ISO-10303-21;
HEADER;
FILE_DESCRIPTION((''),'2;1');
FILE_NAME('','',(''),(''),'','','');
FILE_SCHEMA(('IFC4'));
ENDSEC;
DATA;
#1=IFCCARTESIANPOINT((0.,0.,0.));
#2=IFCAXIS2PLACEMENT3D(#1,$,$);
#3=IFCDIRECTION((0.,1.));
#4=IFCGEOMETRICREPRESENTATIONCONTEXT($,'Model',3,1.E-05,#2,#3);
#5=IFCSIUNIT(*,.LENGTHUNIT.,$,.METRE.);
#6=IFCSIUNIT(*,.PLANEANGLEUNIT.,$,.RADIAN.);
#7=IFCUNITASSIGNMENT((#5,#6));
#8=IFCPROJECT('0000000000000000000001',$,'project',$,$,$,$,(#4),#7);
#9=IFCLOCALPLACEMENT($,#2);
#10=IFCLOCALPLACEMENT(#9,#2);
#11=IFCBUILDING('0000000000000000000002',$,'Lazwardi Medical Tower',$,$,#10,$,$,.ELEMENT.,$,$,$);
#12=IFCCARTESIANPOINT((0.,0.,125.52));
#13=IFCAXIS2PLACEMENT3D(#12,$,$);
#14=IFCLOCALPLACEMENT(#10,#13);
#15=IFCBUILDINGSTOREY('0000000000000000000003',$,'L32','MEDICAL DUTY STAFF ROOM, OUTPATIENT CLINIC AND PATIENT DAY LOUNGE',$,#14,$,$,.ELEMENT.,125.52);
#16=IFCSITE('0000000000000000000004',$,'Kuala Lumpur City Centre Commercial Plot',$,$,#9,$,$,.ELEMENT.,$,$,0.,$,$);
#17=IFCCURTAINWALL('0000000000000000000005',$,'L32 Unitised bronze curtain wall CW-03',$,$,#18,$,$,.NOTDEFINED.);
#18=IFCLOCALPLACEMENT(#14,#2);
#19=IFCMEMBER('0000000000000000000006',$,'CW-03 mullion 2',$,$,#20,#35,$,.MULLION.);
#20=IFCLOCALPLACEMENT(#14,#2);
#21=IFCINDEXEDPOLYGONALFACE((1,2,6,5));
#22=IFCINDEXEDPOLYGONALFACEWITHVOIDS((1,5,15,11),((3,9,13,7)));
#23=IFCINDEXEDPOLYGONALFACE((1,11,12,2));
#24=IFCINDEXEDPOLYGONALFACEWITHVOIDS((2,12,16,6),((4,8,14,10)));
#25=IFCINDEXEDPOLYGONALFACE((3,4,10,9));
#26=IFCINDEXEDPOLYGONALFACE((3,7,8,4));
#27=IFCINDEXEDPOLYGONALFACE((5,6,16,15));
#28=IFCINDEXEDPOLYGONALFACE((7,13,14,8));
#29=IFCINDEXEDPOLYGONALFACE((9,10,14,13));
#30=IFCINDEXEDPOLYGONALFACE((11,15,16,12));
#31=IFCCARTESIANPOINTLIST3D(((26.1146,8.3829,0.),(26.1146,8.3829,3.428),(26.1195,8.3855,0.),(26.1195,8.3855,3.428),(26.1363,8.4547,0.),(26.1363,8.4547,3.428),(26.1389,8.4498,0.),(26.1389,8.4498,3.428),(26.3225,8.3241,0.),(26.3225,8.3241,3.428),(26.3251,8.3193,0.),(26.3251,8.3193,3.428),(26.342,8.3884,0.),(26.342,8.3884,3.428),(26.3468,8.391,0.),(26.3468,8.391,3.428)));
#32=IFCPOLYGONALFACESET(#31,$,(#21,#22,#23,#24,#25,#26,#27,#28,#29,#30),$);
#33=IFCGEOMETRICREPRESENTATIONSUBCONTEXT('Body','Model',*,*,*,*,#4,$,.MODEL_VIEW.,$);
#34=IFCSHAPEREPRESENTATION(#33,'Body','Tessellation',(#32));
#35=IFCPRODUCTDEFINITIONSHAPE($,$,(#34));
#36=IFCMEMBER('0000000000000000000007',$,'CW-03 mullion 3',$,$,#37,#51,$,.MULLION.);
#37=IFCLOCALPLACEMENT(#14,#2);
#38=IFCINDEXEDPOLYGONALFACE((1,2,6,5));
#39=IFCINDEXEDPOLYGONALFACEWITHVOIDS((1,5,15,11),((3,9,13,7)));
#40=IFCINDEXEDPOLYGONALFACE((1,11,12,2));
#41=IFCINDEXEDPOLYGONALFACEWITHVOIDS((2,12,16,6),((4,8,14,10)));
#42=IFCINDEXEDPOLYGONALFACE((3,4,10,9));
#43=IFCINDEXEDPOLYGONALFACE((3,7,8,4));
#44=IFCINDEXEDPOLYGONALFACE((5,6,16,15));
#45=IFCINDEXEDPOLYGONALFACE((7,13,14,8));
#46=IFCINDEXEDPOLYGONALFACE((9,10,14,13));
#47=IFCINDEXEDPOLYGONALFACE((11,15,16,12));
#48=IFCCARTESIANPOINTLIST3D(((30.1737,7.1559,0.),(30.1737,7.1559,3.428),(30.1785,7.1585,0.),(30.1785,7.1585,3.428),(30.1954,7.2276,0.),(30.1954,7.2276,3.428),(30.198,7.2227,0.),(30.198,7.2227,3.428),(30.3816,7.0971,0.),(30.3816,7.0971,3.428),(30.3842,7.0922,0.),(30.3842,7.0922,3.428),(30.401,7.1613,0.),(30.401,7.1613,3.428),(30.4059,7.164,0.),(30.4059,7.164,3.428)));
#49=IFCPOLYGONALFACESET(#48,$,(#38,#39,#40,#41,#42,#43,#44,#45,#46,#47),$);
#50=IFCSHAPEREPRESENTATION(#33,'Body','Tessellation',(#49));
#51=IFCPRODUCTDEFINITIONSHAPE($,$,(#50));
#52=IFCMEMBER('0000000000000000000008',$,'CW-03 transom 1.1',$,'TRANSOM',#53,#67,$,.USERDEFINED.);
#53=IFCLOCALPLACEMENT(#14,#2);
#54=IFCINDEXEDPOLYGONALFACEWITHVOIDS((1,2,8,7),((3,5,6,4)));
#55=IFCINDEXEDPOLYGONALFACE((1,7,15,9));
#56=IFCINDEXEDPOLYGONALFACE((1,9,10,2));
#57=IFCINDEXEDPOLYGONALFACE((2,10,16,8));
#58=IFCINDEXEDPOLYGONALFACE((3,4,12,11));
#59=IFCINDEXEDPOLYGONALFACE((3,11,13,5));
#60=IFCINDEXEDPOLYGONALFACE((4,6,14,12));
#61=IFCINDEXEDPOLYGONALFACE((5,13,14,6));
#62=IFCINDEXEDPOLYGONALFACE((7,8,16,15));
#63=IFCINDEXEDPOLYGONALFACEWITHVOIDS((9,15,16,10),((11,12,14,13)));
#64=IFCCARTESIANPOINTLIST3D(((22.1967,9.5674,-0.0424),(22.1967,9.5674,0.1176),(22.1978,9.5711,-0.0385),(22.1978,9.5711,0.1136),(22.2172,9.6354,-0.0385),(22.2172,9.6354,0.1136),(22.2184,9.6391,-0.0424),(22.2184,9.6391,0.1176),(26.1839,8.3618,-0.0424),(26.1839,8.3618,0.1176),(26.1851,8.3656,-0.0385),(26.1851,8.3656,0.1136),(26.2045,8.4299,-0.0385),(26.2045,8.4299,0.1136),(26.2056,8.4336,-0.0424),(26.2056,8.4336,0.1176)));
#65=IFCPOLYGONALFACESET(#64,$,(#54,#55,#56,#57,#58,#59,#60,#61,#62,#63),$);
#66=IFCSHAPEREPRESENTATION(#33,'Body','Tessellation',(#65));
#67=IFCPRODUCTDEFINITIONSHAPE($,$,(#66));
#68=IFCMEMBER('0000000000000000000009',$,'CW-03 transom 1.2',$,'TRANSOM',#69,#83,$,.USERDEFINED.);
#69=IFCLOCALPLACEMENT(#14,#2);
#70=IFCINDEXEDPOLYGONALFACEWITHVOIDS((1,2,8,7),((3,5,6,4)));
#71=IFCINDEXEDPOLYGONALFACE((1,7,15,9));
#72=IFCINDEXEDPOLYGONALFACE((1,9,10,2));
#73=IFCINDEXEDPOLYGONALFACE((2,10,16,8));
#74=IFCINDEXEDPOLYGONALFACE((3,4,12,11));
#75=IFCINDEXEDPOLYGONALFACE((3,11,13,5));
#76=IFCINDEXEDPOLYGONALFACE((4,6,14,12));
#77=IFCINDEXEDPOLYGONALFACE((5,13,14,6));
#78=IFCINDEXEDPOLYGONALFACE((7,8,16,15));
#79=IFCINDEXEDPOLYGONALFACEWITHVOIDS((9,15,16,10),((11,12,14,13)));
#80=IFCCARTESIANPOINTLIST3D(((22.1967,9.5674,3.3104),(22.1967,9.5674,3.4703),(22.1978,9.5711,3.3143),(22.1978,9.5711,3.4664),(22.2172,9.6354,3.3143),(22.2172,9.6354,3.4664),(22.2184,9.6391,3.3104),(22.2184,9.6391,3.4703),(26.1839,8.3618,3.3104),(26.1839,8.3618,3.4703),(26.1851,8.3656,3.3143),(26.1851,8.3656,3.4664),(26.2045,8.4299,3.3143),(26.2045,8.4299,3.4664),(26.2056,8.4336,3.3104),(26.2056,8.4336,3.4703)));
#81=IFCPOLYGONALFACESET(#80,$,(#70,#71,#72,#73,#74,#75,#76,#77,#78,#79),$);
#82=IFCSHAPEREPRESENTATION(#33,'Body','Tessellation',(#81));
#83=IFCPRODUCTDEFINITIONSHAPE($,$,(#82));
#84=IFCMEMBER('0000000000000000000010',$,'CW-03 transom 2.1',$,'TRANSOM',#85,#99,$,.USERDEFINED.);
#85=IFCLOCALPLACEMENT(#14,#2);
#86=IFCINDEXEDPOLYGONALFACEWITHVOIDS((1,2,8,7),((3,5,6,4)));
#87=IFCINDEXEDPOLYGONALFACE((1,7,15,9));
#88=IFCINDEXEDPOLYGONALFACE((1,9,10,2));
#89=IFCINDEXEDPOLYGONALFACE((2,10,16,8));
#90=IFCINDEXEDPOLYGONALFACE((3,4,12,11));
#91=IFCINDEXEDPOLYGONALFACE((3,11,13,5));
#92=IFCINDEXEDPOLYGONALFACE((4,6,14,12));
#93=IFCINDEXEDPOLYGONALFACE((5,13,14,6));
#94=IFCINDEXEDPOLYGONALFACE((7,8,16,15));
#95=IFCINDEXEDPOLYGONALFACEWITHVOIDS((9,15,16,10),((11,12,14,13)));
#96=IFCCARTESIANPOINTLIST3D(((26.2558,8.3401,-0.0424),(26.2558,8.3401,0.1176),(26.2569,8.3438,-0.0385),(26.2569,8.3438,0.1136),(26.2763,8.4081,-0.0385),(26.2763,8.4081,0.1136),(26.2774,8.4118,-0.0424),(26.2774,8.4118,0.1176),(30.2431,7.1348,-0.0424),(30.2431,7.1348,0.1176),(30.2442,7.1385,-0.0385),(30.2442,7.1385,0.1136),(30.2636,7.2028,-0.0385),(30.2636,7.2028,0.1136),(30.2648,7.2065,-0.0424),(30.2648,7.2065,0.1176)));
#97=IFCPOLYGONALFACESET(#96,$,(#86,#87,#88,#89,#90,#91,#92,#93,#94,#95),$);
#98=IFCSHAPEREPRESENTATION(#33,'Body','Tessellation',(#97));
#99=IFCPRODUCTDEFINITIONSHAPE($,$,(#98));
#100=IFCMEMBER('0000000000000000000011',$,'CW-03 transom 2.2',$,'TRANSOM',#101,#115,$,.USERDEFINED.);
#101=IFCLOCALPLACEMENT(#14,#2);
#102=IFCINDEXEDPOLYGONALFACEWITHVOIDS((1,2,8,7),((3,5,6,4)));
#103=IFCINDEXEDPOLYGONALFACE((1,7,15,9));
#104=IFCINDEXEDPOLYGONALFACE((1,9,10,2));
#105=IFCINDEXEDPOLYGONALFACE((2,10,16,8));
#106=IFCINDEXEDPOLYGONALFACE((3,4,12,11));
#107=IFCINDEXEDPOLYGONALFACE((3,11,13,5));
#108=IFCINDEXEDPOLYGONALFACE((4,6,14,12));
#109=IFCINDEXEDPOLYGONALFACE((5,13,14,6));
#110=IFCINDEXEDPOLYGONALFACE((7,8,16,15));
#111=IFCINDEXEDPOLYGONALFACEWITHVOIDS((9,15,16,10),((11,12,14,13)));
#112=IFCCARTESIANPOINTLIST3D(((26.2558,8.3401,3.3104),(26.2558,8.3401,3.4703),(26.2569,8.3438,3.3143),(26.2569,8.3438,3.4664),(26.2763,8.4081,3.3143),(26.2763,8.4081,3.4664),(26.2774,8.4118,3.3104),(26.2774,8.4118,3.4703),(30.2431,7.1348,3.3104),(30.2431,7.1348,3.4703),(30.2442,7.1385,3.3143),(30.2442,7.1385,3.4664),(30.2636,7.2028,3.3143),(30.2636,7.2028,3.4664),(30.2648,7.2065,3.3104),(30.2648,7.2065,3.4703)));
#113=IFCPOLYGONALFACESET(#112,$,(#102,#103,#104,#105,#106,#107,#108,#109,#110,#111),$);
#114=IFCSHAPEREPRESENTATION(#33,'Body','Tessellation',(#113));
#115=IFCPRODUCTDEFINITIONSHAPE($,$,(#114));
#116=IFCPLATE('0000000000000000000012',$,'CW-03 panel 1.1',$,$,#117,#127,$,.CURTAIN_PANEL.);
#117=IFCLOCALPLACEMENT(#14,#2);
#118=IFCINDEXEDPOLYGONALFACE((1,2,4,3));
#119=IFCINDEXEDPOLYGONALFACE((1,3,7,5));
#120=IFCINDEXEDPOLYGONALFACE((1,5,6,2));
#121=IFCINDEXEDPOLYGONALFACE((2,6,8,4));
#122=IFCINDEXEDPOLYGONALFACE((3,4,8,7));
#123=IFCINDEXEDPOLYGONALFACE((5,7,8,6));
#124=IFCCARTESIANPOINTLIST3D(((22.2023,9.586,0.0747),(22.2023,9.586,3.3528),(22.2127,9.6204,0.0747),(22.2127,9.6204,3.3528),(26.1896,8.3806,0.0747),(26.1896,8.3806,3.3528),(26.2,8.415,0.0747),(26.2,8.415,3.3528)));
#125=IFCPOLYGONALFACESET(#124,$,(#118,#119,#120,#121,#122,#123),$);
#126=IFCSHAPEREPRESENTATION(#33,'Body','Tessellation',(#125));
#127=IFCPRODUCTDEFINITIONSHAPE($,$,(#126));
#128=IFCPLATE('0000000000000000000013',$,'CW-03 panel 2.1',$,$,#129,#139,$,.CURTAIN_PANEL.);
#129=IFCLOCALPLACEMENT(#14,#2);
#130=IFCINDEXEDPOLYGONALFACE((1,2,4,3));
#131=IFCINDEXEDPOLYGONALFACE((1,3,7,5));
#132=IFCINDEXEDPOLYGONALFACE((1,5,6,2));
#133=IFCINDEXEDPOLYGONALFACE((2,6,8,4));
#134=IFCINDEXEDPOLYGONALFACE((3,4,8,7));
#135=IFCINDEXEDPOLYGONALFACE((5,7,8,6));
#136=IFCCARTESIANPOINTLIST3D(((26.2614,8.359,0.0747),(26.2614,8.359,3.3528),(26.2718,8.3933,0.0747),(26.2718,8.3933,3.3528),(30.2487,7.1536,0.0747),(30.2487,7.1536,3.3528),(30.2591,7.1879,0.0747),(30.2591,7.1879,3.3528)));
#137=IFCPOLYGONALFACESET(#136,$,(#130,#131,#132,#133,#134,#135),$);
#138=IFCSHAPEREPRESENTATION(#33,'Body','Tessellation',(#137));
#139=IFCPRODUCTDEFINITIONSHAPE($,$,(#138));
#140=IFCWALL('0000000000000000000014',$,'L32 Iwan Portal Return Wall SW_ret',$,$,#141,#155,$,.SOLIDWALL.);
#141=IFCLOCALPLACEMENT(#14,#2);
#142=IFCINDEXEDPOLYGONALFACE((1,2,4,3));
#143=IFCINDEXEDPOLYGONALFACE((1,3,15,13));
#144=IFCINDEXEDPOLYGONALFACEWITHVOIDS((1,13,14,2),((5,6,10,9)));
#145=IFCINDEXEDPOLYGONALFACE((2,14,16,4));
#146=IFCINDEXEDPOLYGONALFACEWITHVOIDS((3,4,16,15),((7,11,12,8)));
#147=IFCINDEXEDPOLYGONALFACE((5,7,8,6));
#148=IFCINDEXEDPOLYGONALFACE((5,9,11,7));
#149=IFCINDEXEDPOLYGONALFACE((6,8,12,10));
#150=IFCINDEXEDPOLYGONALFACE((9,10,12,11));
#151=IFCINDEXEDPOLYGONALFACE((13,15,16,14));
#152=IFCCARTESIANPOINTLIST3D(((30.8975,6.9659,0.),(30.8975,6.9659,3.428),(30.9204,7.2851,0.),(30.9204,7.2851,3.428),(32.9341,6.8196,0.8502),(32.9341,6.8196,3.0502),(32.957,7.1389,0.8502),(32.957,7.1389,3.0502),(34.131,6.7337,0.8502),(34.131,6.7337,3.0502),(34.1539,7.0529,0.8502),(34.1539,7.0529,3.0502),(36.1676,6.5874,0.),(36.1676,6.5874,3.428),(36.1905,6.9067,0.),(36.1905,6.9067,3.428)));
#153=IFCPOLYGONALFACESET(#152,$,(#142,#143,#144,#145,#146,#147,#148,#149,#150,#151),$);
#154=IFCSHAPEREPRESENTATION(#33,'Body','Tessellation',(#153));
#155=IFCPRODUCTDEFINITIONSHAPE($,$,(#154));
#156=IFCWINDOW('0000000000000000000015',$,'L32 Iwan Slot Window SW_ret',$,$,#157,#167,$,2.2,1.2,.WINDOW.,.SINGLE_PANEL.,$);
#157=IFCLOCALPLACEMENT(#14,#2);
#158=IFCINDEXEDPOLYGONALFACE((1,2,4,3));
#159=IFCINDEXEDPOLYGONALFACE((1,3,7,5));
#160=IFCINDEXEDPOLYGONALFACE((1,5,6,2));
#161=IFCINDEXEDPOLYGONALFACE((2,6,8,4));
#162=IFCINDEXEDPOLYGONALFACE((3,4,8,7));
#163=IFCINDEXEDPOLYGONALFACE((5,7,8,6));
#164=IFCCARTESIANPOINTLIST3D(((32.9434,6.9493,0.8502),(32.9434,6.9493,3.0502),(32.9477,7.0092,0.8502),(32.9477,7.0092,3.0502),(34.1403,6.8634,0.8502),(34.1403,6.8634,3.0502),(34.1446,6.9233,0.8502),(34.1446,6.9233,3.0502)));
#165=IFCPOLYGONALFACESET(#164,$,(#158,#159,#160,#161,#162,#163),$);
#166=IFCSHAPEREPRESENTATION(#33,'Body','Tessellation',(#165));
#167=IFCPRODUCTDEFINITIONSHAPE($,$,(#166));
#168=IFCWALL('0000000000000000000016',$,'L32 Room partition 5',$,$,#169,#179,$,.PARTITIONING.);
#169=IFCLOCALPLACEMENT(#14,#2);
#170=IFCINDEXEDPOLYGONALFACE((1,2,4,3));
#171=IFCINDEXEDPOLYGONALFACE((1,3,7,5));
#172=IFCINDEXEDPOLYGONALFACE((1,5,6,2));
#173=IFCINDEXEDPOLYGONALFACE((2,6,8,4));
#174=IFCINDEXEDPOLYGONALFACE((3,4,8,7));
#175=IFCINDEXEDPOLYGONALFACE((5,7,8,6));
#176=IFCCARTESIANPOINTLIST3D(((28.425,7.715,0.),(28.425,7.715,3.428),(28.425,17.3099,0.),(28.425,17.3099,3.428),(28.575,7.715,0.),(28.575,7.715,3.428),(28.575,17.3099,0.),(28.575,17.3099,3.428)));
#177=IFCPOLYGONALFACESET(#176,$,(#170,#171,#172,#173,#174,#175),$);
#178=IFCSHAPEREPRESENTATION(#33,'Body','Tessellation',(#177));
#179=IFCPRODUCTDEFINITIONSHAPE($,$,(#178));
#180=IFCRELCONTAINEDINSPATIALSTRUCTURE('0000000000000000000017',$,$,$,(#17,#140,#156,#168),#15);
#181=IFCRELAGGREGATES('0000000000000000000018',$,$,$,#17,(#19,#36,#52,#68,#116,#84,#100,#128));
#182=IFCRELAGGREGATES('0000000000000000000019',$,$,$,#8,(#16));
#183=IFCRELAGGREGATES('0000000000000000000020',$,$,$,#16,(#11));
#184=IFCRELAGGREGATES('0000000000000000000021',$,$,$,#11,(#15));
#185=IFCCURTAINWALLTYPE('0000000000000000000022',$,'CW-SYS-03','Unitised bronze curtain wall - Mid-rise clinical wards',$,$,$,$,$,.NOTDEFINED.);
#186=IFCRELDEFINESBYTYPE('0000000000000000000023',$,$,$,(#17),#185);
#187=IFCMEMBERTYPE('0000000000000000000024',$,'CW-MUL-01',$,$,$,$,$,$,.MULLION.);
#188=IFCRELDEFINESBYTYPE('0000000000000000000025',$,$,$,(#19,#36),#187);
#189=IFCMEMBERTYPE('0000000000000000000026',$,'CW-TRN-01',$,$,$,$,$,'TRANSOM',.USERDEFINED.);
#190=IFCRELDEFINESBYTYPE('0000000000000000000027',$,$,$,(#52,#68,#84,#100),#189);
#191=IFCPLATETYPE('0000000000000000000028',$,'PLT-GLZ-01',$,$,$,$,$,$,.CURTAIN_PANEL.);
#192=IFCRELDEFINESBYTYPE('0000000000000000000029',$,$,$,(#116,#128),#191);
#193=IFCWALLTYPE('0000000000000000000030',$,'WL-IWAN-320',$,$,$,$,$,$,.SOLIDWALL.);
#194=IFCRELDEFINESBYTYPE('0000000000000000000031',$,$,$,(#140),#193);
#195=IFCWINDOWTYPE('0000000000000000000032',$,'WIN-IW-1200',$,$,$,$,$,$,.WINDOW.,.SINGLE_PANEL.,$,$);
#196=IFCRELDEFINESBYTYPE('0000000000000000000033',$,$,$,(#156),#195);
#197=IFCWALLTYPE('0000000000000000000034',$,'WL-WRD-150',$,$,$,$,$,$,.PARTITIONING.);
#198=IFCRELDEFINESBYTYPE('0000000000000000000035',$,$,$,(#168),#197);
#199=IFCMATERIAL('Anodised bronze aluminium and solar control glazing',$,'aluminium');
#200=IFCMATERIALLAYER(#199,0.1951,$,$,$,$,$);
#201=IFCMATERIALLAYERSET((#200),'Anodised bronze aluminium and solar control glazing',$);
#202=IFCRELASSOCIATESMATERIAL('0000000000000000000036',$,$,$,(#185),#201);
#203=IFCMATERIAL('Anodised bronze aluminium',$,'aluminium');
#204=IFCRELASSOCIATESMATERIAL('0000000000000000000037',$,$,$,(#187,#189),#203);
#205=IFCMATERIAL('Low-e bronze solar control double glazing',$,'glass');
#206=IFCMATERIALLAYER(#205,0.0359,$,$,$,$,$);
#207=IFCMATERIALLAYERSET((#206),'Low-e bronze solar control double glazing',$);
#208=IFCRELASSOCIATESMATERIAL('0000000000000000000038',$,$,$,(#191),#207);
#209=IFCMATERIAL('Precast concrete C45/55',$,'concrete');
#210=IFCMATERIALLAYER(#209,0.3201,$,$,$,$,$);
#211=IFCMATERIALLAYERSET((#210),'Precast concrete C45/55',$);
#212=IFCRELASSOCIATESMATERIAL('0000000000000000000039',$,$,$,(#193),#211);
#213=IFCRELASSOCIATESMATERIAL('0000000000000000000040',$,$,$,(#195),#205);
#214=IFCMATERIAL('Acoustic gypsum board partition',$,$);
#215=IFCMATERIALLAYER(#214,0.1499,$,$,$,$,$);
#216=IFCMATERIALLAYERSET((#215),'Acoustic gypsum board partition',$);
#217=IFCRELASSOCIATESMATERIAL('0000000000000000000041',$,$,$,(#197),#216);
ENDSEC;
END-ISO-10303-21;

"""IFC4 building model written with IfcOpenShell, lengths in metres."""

from ifc_helpers import new_model, si_unit, direction, frame, frame_2d, origin, origin_2d, place, context, subcontext, project, spatial, rectangle, hollow_rectangle, extrude, material, layer, layer_set, material_profile, profile_set, type_object, element, fill, aggregate, save


model = new_model("IFC4")

# Units and contexts
model_context = context("Model", 3, precision=1e-05, world=origin(), true_north=direction((0.0, 1.0)))
body_context = subcontext(model_context, "Body", "Model", "MODEL_VIEW")
ifc_project = project(units=[si_unit("LENGTHUNIT", "METRE"), si_unit("PLANEANGLEUNIT", "RADIAN")], contexts=[model_context])

# Site, building, storey
site_placement = place(None, origin())
site = spatial("IfcSite", under=ifc_project, at=site_placement, Name="Kuala Lumpur City Centre Commercial Plot", CompositionType="ELEMENT", RefElevation=0.0)
building_placement = place(site_placement, origin())
building = spatial("IfcBuilding", under=site, at=building_placement, Name="Lazwardi Medical Tower", CompositionType="ELEMENT")
storey_placement = place(building_placement, frame((0.0, 0.0, 125.52)))
storey = spatial("IfcBuildingStorey", under=building, at=storey_placement, Name="L32", Description="MEDICAL DUTY STAFF ROOM, OUTPATIENT CLINIC AND PATIENT DAY LOUNGE", CompositionType="ELEMENT", Elevation=125.52)

# Shared definitions
ifc_material_1 = material(Name="Anodised bronze aluminium and solar control glazing", Category="aluminium")
ifc_layer_1 = layer(ifc_material_1, 0.1951)
ifc_layer_set_1 = layer_set([ifc_layer_1], Name="Anodised bronze aluminium and solar control glazing")
curtain_wall_type = type_object("IfcCurtainWallType", Name="CW-SYS-03", Description="Unitised bronze curtain wall - Mid-rise clinical wards", PredefinedType="NOTDEFINED", material=ifc_layer_set_1)
ifc_material_2 = material(Name="Anodised bronze aluminium", Category="aluminium")
ifc_material_profile_1 = material_profile(ifc_material_2, hollow_rectangle(XDim=0.075, YDim=0.22, WallThickness=0.0039, at=origin_2d()), Name="ALU-MULLION 220x75x4")
ifc_profile_set_1 = profile_set([ifc_material_profile_1], Name="Anodised bronze aluminium")
member_type_1 = type_object("IfcMemberType", Name="CW-MUL-01", PredefinedType="MULLION", material=ifc_profile_set_1)

# Curtain wall, members, plates
curtain_wall_1_placement = place(storey_placement, origin())
curtain_wall_1 = element("IfcCurtainWall", 1, at=curtain_wall_1_placement, inside=storey, type_object=curtain_wall_type, Name="L32 Unitised bronze curtain wall CW-03", PredefinedType="NOTDEFINED")
member_1_placement = place(storey_placement, frame((26.2307, 8.387, 0.0), z_axis=(0.0, 0.0, 1.0), x_axis=(0.289374, 0.957216, 0.0)))
member_1 = element("IfcMember", 2, at=member_1_placement, type_object=member_type_1, Name="CW-03 mullion 2", PredefinedType="MULLION", context=body_context, shape_type="SweptSolid", body=[
    extrude(hollow_rectangle(XDim=0.075, YDim=0.22, WallThickness=0.0039, at=origin_2d()), origin(), (0.0, 0.0, 1.0), 3.428),
])
member_2_placement = place(storey_placement, frame((30.2898, 7.1599, 0.0), z_axis=(0.0, 0.0, 1.0), x_axis=(0.289374, 0.957216, 0.0)))
member_2 = element("IfcMember", 3, at=member_2_placement, type_object=member_type_1, Name="CW-03 mullion 3", PredefinedType="MULLION", context=body_context, shape_type="SweptSolid", body=[
    extrude(hollow_rectangle(XDim=0.075, YDim=0.22, WallThickness=0.0039, at=origin_2d()), origin(), (0.0, 0.0, 1.0), 3.428),
])
ifc_material_profile_2 = material_profile(ifc_material_2, hollow_rectangle(XDim=0.075, YDim=0.1599, WallThickness=0.0039, at=origin_2d()), Name="ALU-TRANSOM 160x75x4")
ifc_profile_set_2 = profile_set([ifc_material_profile_2], Name="Anodised bronze aluminium")
member_type_2 = type_object("IfcMemberType", Name="CW-TRN-01", ElementType="TRANSOM", PredefinedType="USERDEFINED", material=ifc_profile_set_2)
member_3_placement = place(storey_placement, frame((22.2075, 9.6033, 0.0376), z_axis=(0.957205, -0.289412, 0.0), x_axis=(0.289412, 0.957205, 0.0)))
member_3 = element("IfcMember", 4, at=member_3_placement, type_object=member_type_2, Name="CW-03 transom 1.1", ObjectType="TRANSOM", PredefinedType="USERDEFINED", context=body_context, shape_type="SweptSolid", body=[
    extrude(hollow_rectangle(XDim=0.075, YDim=0.1599, WallThickness=0.0039, at=origin_2d()), origin(), (0.0, 0.0, 1.0), 4.1655),
])
member_4_placement = place(storey_placement, frame((22.2075, 9.6033, 3.3904), z_axis=(0.957205, -0.289412, 0.0), x_axis=(0.289412, 0.957205, 0.0)))
member_4 = element("IfcMember", 5, at=member_4_placement, type_object=member_type_2, Name="CW-03 transom 1.2", ObjectType="TRANSOM", PredefinedType="USERDEFINED", context=body_context, shape_type="SweptSolid", body=[
    extrude(hollow_rectangle(XDim=0.075, YDim=0.1599, WallThickness=0.0039, at=origin_2d()), origin(), (0.0, 0.0, 1.0), 4.1655),
])
member_5_placement = place(storey_placement, frame((26.2666, 8.376, 0.0376), z_axis=(0.957221, -0.289358, 0.0), x_axis=(0.289358, 0.957221, 0.0)))
member_5 = element("IfcMember", 6, at=member_5_placement, type_object=member_type_2, Name="CW-03 transom 2.1", ObjectType="TRANSOM", PredefinedType="USERDEFINED", context=body_context, shape_type="SweptSolid", body=[
    extrude(hollow_rectangle(XDim=0.075, YDim=0.1599, WallThickness=0.0039, at=origin_2d()), origin(), (0.0, 0.0, 1.0), 4.1655),
])
member_6_placement = place(storey_placement, frame((26.2666, 8.376, 3.3904), z_axis=(0.957221, -0.289358, 0.0), x_axis=(0.289358, 0.957221, 0.0)))
member_6 = element("IfcMember", 7, at=member_6_placement, type_object=member_type_2, Name="CW-03 transom 2.2", ObjectType="TRANSOM", PredefinedType="USERDEFINED", context=body_context, shape_type="SweptSolid", body=[
    extrude(hollow_rectangle(XDim=0.075, YDim=0.1599, WallThickness=0.0039, at=origin_2d()), origin(), (0.0, 0.0, 1.0), 4.1655),
])
ifc_material_3 = material(Name="Low-e bronze solar control double glazing", Category="glass")
ifc_layer_2 = layer(ifc_material_3, 0.0359)
ifc_layer_set_2 = layer_set([ifc_layer_2], Name="Low-e bronze solar control double glazing")
plate_type = type_object("IfcPlateType", Name="PLT-GLZ-01", PredefinedType="CURTAIN_PANEL", material=ifc_layer_set_2)
plate_1_placement = place(storey_placement, frame((24.2012, 9.0005, 0.0747), z_axis=(0.0, 0.0, 1.0), x_axis=(0.957216, -0.289374, 0.0)))
plate_1 = element("IfcPlate", 8, at=plate_1_placement, type_object=plate_type, Name="CW-03 panel 1.1", PredefinedType="CURTAIN_PANEL", context=body_context, shape_type="SweptSolid", body=[
    extrude(rectangle(XDim=4.1655, YDim=0.0359, at=origin_2d()), origin(), (0.0, 0.0, 1.0), 3.2781),
])
plate_2_placement = place(storey_placement, frame((28.2603, 7.7734, 0.0747), z_axis=(0.0, 0.0, 1.0), x_axis=(0.957216, -0.289374, 0.0)))
plate_2 = element("IfcPlate", 9, at=plate_2_placement, type_object=plate_type, Name="CW-03 panel 2.1", PredefinedType="CURTAIN_PANEL", context=body_context, shape_type="SweptSolid", body=[
    extrude(rectangle(XDim=4.1655, YDim=0.0359, at=origin_2d()), origin(), (0.0, 0.0, 1.0), 3.2781),
])
aggregate(curtain_wall_1, [member_1, member_2, member_3, member_4, plate_1, member_5, member_6, plate_2])

# Wall, opening, window
ifc_material_4 = material(Name="Precast concrete C45/55", Category="concrete")
ifc_layer_3 = layer(ifc_material_4, 0.3201)
ifc_layer_set_3 = layer_set([ifc_layer_3], Name="Precast concrete C45/55")
wall_type_1 = type_object("IfcWallType", Name="WL-IWAN-320", PredefinedType="SOLIDWALL", material=ifc_layer_set_3)
wall_1_placement = place(storey_placement, frame((30.9089, 7.1255, 0.0), z_axis=(0.0, 0.0, 1.0), x_axis=(0.997432, -0.071621, 0.0)))
wall_1 = element("IfcWall", 10, at=wall_1_placement, inside=storey, type_object=wall_type_1, Name="L32 Iwan Portal Return Wall SW_ret", PredefinedType="SOLIDWALL", context=body_context, shape_type="SweptSolid", body=[
    extrude(rectangle(XDim=5.2837, YDim=0.3201, at=frame_2d((2.6418, 0.0))), origin(), (0.0, 0.0, 1.0), 3.428),
])
opening_placement = place(wall_1_placement, frame((2.0417, 0.0, 0.8501)))
opening = element("IfcOpeningElement", 11, at=opening_placement, cuts=wall_1, PredefinedType="OPENING", context=body_context, shape_type="SweptSolid", body=[
    extrude(rectangle(XDim=1.2, YDim=2.2, at=frame_2d((0.6001, 1.1001))), frame((0.0, 0.1699, 0.0), z_axis=(0.0, -1.0, 0.0), x_axis=(1.0, 0.0, 0.0)), (0.0, 0.0, 1.0), 0.3401),
])
window_type = type_object("IfcWindowType", Name="WIN-IW-1200", PartitioningType="SINGLE_PANEL", PredefinedType="WINDOW", material=ifc_material_3)
window_placement = place(opening_placement, origin())
window = element("IfcWindow", 12, at=window_placement, inside=storey, type_object=window_type, Name="L32 Iwan Slot Window SW_ret", OverallHeight=2.2, OverallWidth=1.2, PartitioningType="SINGLE_PANEL", PredefinedType="WINDOW", context=body_context, shape_type="SweptSolid", body=[
    extrude(rectangle(XDim=1.2, YDim=2.2, at=frame_2d((0.6001, 1.1001))), frame((0.0, 0.03, 0.0), z_axis=(0.0, -1.0, 0.0), x_axis=(1.0, 0.0, 0.0)), (0.0, 0.0, 1.0), 0.0601),
])
fill(opening, window)

# Wall
ifc_material_5 = material(Name="Acoustic gypsum board partition")
ifc_layer_4 = layer(ifc_material_5, 0.1499)
ifc_layer_set_4 = layer_set([ifc_layer_4], Name="Acoustic gypsum board partition")
wall_type_2 = type_object("IfcWallType", Name="WL-WRD-150", PredefinedType="PARTITIONING", material=ifc_layer_set_4)
wall_2_placement = place(storey_placement, frame((28.5, 7.7151, 0.0), z_axis=(0.0, 0.0, 1.0), x_axis=(0.0, 1.0, 0.0)))
element("IfcWall", 13, at=wall_2_placement, inside=storey, type_object=wall_type_2, Name="L32 Room partition 5", PredefinedType="PARTITIONING", context=body_context, shape_type="SweptSolid", body=[
    extrude(rectangle(XDim=9.595, YDim=0.1499, at=frame_2d((4.7974, 0.0))), origin(), (0.0, 0.0, 1.0), 3.428),
])

save(model, "model.ifc")
